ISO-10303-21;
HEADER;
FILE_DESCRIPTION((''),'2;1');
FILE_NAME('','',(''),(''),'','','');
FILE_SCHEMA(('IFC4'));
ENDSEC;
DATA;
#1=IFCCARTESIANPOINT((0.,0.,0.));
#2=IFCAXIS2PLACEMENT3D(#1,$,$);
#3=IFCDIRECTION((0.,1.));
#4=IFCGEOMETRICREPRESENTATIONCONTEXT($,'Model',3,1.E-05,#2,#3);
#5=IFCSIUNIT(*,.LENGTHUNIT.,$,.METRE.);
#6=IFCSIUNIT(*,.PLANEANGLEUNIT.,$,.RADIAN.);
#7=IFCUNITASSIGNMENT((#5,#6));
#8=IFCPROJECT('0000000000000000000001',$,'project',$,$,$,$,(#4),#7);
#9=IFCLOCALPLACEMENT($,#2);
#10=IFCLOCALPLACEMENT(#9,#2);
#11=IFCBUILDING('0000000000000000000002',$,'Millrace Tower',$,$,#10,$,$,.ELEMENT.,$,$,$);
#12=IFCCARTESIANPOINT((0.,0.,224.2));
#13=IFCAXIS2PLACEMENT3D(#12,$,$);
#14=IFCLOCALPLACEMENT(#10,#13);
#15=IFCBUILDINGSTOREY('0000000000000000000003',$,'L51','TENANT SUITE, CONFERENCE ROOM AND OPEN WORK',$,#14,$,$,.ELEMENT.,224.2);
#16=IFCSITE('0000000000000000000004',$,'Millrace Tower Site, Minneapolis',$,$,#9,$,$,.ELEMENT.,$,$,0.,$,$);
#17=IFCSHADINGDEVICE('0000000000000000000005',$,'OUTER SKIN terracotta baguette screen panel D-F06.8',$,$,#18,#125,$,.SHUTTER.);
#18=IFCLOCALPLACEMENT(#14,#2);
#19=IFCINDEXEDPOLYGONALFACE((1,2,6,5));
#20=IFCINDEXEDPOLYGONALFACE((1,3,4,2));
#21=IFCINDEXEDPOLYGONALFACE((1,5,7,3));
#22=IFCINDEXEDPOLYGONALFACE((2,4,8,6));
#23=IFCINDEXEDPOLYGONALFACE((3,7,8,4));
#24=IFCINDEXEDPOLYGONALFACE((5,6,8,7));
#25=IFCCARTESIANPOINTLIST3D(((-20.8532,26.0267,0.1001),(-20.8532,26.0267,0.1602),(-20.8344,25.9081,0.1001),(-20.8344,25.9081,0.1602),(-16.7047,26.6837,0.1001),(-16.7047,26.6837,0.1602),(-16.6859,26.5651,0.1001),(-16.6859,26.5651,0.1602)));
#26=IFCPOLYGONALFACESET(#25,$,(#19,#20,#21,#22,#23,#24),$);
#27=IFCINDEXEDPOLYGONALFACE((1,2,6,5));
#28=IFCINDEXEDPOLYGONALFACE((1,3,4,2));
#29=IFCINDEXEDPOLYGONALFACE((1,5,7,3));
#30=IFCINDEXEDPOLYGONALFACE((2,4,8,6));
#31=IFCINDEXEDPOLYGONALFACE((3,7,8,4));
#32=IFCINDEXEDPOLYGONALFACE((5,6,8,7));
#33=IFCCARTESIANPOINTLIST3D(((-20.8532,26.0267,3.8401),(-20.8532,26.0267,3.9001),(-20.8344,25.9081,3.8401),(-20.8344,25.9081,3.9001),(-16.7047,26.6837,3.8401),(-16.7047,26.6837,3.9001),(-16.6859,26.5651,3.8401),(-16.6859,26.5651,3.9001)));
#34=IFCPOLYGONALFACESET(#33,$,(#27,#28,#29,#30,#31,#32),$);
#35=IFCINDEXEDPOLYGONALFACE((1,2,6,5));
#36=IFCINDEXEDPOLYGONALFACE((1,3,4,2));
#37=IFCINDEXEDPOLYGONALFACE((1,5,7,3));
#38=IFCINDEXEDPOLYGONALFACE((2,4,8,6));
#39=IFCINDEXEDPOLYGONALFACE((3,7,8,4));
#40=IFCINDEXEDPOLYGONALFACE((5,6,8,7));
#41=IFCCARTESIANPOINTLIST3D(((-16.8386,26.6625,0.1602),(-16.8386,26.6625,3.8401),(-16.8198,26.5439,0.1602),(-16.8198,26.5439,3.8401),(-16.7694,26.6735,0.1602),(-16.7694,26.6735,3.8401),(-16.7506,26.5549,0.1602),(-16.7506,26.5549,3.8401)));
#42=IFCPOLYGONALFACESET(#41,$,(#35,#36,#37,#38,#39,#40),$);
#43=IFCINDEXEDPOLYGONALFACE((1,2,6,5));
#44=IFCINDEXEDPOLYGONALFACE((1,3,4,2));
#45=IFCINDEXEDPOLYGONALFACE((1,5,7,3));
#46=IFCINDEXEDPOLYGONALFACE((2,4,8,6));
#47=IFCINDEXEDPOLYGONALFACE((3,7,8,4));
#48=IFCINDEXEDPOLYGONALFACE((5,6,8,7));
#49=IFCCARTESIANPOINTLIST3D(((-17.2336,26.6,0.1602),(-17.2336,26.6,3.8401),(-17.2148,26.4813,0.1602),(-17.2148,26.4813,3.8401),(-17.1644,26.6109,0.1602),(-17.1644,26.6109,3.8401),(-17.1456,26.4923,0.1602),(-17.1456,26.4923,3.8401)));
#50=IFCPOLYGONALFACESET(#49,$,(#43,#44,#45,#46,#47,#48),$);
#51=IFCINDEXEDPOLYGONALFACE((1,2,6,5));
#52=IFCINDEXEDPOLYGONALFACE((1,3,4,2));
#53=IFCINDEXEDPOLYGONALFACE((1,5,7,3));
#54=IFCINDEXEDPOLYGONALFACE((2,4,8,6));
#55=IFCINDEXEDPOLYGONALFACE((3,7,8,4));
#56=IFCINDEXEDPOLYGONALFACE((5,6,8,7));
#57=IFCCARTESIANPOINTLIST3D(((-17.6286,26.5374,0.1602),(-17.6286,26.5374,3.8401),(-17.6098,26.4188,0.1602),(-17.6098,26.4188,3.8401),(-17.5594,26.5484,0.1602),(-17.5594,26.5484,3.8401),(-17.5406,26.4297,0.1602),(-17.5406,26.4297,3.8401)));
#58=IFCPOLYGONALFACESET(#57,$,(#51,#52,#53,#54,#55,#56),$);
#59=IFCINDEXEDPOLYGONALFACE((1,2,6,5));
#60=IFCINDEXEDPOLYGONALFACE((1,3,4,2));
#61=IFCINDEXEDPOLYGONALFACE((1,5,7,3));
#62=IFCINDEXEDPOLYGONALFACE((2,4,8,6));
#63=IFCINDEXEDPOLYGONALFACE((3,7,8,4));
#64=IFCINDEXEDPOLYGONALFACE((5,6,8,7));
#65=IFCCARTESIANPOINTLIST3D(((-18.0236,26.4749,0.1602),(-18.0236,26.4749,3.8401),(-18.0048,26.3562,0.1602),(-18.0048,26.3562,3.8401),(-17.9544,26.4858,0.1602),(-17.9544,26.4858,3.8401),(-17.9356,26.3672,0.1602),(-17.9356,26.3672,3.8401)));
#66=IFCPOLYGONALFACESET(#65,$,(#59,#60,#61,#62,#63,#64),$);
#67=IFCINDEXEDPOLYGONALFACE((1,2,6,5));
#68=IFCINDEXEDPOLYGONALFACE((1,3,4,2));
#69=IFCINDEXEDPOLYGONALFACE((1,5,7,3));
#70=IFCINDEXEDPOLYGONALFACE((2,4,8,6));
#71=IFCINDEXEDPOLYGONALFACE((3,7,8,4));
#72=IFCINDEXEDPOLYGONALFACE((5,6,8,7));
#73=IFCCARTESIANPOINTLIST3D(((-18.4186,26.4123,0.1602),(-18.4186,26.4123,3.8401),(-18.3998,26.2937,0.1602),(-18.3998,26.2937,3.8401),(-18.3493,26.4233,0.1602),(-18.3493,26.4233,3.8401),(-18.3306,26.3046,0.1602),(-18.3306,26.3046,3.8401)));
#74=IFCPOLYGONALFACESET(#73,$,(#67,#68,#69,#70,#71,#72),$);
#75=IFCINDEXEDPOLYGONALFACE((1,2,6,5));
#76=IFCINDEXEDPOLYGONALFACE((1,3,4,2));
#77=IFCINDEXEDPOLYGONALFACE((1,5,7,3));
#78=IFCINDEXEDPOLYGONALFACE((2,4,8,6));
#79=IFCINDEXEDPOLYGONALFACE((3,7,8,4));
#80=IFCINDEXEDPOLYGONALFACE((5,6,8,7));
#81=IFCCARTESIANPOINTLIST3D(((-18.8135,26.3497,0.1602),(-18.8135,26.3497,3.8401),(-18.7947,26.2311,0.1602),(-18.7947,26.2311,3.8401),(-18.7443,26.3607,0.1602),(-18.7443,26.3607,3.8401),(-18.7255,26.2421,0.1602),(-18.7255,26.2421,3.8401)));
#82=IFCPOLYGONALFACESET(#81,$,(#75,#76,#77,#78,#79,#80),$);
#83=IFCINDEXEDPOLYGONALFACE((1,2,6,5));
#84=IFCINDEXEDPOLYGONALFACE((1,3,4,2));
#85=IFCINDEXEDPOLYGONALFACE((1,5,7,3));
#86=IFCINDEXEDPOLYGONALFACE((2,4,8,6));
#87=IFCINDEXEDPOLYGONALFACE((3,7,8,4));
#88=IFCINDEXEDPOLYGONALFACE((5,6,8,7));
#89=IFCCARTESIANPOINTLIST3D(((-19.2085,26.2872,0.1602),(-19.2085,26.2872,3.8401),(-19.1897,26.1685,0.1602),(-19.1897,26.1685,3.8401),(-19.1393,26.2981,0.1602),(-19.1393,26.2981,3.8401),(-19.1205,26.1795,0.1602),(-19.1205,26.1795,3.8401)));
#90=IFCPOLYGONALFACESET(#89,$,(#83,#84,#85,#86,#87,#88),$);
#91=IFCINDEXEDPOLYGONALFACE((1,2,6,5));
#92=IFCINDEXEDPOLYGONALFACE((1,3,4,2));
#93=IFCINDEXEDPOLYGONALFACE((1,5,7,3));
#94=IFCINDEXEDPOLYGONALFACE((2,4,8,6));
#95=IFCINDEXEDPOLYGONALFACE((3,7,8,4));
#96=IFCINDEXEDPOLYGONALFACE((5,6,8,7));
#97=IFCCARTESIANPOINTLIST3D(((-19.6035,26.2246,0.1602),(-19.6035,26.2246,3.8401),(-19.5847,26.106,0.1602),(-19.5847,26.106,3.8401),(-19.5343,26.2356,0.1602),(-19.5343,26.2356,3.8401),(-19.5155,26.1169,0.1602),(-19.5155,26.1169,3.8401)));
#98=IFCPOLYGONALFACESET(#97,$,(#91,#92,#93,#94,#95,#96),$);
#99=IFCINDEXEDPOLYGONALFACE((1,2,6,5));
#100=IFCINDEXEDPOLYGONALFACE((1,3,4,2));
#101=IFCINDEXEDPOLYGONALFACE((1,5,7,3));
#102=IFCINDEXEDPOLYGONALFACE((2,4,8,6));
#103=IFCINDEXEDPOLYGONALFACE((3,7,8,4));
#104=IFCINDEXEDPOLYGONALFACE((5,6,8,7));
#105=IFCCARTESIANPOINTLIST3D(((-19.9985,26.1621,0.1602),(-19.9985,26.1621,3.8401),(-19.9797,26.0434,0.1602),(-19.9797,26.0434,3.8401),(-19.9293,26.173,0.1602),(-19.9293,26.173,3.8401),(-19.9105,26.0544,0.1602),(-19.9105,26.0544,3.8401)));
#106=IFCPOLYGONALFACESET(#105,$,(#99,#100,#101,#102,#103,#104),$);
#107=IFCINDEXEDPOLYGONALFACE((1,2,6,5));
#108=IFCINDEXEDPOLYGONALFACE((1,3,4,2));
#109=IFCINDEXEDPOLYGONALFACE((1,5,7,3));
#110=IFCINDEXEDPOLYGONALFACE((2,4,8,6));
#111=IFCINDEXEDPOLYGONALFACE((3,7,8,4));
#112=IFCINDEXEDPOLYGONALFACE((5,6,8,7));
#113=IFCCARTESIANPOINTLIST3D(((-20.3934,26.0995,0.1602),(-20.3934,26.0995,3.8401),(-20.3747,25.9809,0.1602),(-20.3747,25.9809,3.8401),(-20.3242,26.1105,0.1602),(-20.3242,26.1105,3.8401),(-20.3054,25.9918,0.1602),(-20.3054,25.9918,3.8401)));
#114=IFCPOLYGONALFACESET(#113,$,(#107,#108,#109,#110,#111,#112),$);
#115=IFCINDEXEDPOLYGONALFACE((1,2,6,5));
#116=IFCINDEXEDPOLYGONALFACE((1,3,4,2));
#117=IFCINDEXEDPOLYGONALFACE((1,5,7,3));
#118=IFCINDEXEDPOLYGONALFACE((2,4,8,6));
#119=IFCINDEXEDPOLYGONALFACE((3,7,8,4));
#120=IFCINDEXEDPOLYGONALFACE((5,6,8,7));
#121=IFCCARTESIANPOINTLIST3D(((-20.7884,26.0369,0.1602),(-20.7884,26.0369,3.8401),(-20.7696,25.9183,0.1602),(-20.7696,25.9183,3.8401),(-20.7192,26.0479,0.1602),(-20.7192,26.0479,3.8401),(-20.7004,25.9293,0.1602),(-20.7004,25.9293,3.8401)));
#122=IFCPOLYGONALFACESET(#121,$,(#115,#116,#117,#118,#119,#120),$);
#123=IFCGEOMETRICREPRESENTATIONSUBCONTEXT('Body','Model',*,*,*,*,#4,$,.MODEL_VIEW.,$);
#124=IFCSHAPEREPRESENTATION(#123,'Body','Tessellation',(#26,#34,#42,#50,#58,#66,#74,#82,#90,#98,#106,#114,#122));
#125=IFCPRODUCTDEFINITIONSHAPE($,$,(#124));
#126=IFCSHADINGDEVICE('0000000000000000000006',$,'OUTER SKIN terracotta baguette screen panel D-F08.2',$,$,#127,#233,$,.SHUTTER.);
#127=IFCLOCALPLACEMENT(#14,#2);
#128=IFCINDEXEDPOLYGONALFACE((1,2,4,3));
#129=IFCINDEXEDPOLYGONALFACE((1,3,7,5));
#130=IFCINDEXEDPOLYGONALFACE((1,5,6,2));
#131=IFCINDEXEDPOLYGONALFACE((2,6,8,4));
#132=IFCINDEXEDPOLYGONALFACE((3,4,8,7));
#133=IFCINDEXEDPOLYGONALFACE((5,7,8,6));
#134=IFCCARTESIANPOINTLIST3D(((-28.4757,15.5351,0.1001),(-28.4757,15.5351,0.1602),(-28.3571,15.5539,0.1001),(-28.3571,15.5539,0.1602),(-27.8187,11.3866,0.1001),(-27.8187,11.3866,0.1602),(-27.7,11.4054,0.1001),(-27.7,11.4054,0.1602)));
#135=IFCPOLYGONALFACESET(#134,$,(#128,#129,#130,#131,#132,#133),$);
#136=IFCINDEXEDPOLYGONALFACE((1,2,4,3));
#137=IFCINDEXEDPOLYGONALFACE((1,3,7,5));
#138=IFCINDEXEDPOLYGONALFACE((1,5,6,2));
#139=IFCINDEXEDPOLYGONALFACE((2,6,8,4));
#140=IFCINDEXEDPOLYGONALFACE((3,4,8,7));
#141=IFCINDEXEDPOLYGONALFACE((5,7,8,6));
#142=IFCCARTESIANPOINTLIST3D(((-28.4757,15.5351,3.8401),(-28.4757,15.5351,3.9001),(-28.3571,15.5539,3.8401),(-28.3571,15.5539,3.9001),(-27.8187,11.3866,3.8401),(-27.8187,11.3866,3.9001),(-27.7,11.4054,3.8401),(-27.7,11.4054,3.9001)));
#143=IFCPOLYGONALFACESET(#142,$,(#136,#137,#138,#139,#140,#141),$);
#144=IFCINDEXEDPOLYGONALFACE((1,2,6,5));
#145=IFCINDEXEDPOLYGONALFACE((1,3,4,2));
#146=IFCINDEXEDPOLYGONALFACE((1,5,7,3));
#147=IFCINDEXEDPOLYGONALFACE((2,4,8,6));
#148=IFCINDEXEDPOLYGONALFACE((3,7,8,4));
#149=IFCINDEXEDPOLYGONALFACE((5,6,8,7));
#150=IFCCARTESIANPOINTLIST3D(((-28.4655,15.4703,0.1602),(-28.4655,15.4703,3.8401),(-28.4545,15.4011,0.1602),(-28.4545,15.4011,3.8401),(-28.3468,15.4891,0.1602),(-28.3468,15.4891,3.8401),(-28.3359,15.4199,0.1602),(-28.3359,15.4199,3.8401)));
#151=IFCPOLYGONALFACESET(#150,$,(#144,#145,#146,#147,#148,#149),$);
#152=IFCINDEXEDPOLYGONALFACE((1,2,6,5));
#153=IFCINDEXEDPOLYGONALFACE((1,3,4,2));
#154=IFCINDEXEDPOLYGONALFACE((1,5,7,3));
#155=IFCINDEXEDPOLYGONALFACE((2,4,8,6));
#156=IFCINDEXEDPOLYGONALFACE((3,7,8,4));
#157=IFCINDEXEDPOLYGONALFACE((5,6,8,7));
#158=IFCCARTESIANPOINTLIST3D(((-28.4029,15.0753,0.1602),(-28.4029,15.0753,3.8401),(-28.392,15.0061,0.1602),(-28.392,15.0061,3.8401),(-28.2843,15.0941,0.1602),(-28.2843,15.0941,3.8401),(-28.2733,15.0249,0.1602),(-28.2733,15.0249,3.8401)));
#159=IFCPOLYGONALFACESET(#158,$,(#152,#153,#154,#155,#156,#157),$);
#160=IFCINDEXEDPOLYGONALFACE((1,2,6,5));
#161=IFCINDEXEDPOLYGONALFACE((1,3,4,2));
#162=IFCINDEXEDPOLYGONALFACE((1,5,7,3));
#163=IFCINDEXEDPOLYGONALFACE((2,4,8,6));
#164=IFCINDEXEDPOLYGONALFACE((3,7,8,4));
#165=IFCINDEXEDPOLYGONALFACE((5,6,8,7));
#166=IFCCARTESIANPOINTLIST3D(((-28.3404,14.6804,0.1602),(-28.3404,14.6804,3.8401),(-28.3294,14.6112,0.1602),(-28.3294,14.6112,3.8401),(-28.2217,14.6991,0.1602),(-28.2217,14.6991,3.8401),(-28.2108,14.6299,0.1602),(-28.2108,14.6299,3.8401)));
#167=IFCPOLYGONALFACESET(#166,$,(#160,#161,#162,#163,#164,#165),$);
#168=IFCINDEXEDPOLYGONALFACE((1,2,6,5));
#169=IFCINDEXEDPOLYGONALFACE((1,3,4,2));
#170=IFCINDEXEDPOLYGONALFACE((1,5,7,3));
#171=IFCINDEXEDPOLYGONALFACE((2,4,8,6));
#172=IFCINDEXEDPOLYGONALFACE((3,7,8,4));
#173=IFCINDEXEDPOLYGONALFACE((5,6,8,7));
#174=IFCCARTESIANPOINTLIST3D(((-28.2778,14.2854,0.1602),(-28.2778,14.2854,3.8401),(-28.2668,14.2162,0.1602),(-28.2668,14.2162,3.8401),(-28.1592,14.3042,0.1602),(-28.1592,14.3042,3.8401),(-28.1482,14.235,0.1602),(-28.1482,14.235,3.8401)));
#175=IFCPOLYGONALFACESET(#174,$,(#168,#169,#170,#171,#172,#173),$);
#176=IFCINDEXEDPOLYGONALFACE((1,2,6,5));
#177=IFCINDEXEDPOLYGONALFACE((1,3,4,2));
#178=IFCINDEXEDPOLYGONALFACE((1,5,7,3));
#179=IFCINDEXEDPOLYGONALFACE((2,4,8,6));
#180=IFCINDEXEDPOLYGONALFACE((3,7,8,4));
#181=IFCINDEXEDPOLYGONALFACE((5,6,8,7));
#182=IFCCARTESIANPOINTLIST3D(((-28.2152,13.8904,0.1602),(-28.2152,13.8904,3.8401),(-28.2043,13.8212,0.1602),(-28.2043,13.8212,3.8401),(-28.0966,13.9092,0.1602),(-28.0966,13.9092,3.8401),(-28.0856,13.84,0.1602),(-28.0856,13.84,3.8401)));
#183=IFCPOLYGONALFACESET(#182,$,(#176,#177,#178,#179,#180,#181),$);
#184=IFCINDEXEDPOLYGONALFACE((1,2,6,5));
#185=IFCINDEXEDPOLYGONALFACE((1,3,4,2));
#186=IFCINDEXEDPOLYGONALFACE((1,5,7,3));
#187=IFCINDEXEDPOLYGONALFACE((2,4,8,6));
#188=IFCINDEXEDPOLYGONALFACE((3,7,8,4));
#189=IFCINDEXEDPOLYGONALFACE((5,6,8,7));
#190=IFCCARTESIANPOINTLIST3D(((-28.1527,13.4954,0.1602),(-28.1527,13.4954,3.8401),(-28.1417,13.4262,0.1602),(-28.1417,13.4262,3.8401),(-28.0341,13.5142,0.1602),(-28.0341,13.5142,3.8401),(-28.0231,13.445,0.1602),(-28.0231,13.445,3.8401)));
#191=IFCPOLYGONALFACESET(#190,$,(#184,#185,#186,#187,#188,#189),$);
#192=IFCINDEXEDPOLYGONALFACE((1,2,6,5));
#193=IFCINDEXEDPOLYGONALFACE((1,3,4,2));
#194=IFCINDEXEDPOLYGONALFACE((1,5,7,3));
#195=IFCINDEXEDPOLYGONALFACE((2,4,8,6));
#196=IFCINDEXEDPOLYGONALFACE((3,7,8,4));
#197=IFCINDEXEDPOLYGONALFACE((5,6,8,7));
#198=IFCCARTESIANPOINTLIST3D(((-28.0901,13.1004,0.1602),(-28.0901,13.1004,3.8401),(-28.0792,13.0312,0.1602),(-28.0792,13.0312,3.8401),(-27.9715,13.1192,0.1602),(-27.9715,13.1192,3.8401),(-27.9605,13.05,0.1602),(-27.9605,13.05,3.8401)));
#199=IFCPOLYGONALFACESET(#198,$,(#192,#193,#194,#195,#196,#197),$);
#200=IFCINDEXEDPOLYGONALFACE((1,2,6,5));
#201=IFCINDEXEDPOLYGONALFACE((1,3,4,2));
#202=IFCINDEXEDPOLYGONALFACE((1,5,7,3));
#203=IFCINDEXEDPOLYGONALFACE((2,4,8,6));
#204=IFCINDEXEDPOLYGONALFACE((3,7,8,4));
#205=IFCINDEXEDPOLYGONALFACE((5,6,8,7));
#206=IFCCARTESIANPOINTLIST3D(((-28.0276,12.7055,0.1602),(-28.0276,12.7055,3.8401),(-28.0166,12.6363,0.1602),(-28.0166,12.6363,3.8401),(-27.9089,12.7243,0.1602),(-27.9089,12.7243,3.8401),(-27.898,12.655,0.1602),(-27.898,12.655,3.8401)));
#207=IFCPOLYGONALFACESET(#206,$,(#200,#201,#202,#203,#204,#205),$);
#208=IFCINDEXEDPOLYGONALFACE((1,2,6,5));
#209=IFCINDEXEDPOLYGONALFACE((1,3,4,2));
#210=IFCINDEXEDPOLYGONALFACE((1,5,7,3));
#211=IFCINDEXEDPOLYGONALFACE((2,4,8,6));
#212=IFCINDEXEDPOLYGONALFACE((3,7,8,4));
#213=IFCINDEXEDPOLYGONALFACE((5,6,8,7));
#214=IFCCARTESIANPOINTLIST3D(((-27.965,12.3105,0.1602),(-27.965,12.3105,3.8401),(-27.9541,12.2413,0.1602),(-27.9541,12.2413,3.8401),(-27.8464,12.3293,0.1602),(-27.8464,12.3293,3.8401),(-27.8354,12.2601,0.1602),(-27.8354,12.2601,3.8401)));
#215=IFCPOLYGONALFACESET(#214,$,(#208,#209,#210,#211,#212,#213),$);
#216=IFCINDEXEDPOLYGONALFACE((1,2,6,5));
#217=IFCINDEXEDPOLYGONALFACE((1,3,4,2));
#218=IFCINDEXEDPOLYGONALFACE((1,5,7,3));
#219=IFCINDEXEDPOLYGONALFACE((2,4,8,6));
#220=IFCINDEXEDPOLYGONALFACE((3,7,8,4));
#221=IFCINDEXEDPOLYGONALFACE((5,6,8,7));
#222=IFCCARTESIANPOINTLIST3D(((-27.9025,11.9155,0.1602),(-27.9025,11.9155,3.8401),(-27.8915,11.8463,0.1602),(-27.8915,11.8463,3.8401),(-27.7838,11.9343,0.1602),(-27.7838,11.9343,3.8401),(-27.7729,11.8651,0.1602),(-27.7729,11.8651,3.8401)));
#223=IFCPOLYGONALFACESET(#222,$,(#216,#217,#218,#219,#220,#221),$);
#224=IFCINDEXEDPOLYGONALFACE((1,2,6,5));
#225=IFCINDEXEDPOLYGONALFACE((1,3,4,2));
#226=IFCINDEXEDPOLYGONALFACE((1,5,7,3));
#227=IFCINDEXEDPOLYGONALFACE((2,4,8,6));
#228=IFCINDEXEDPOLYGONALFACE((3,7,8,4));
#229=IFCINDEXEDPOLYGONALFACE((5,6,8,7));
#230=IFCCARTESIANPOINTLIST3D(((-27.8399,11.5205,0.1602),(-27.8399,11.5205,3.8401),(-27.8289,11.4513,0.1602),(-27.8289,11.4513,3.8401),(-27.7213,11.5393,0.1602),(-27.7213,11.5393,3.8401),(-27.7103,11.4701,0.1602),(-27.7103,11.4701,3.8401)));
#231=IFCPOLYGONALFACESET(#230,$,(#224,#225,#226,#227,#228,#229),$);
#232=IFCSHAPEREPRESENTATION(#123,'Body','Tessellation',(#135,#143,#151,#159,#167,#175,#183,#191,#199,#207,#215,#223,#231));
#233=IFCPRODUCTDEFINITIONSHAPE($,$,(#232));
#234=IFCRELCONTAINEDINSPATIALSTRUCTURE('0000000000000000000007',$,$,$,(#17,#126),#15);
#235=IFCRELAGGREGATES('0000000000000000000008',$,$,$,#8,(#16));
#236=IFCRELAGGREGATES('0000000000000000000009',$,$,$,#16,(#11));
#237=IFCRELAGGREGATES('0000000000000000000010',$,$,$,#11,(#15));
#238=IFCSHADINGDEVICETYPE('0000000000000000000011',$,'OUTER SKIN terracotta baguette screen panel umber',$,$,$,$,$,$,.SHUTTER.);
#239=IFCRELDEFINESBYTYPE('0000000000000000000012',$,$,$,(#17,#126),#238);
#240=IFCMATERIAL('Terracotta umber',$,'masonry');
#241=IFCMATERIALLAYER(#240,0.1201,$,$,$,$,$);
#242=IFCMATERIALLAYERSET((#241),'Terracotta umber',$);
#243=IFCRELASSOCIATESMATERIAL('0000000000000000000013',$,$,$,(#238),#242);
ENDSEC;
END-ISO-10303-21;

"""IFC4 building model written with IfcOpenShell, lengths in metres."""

from ifc_helpers import new_model, entity, si_unit, direction, frame, frame_2d, origin, origin_2d, place, context, subcontext, project, spatial, rectangle, extrude, source, transform, mapped, material, layer, layer_set, type_object, element, save


model = new_model("IFC4")

# Units and contexts
model_context = context("Model", 3, precision=1e-05, world=origin(), true_north=direction((0.0, 1.0)))
body_context = subcontext(model_context, "Body", "Model", "MODEL_VIEW")
ifc_project = project(units=[si_unit("LENGTHUNIT", "METRE"), si_unit("PLANEANGLEUNIT", "RADIAN")], contexts=[model_context])

# Site, building, storey
site_placement = place(None, origin())
site = spatial("IfcSite", under=ifc_project, at=site_placement, Name="Millrace Tower Site, Minneapolis", CompositionType="ELEMENT", RefElevation=0.0)
building_placement = place(site_placement, origin())
building = spatial("IfcBuilding", under=site, at=building_placement, Name="Millrace Tower", CompositionType="ELEMENT")
storey_placement = place(building_placement, frame((0.0, 0.0, 224.2)))
storey = spatial("IfcBuildingStorey", under=building, at=storey_placement, Name="L51", Description="TENANT SUITE, CONFERENCE ROOM AND OPEN WORK", CompositionType="ELEMENT", Elevation=224.2)

# Shading devices
ifc_material_1 = material(Name="Terracotta umber", Category="masonry")
ifc_layer_1 = layer(ifc_material_1, 0.1201)
ifc_layer_set_1 = layer_set([ifc_layer_1], Name="Terracotta umber")
shading_device_type = type_object("IfcShadingDeviceType", Name="OUTER SKIN terracotta baguette screen panel umber", PredefinedType="SHUTTER", material=ifc_layer_set_1)
cartesian_point_1 = entity("IfcCartesianPoint", [-2.1001, 0.0601])
shared_polyline_1 = entity("IfcPolyline", [cartesian_point_1, entity("IfcCartesianPoint", [2.1001, 0.0601]), entity("IfcCartesianPoint", [2.1001, -0.0601]), entity("IfcCartesianPoint", [-2.1001, -0.0601]), cartesian_point_1])
shared_shape_1 = source(origin(), body_context, "Body", "SweptSolid", [
    entity("IfcExtrudedAreaSolid", entity("IfcArbitraryClosedProfileDef", "AREA", None, shared_polyline_1), entity("IfcAxis2Placement3D", entity("IfcCartesianPoint", [0.0, 0.0, 0.0])), entity("IfcDirection", [0.0, 0.0, 1.0]), 0.0601),
    entity("IfcExtrudedAreaSolid", entity("IfcArbitraryClosedProfileDef", "AREA", None, shared_polyline_1), entity("IfcAxis2Placement3D", entity("IfcCartesianPoint", [0.0, 0.0, 3.74])), entity("IfcDirection", [0.0, 0.0, 1.0]), 0.0601),
    extrude(rectangle(XDim=0.0701, YDim=0.1201, at=frame_2d((-1.9995, 0.0))), frame((0.0, 0.0, 0.0601)), (0.0, 0.0, 1.0), 3.6799),
    extrude(rectangle(XDim=0.0701, YDim=0.1201, at=frame_2d((-1.5996, 0.0))), frame((0.0, 0.0, 0.0601)), (0.0, 0.0, 1.0), 3.6799),
    extrude(rectangle(XDim=0.0701, YDim=0.1201, at=frame_2d((-1.1997, 0.0))), frame((0.0, 0.0, 0.0601)), (0.0, 0.0, 1.0), 3.6799),
    extrude(rectangle(XDim=0.0701, YDim=0.1201, at=frame_2d((-0.7998, 0.0))), frame((0.0, 0.0, 0.0601)), (0.0, 0.0, 1.0), 3.6799),
    extrude(rectangle(XDim=0.0701, YDim=0.1201, at=frame_2d((-0.3999, 0.0))), frame((0.0, 0.0, 0.0601)), (0.0, 0.0, 1.0), 3.6799),
    extrude(rectangle(XDim=0.0701, YDim=0.1201, at=origin_2d()), frame((0.0, 0.0, 0.0601)), (0.0, 0.0, 1.0), 3.6799),
    extrude(rectangle(XDim=0.0701, YDim=0.1201, at=frame_2d((0.3999, 0.0))), frame((0.0, 0.0, 0.0601)), (0.0, 0.0, 1.0), 3.6799),
    extrude(rectangle(XDim=0.0701, YDim=0.1201, at=frame_2d((0.7998, 0.0))), frame((0.0, 0.0, 0.0601)), (0.0, 0.0, 1.0), 3.6799),
    extrude(rectangle(XDim=0.0701, YDim=0.1201, at=frame_2d((1.1997, 0.0))), frame((0.0, 0.0, 0.0601)), (0.0, 0.0, 1.0), 3.6799),
    extrude(rectangle(XDim=0.0701, YDim=0.1201, at=frame_2d((1.5996, 0.0))), frame((0.0, 0.0, 0.0601)), (0.0, 0.0, 1.0), 3.6799),
    extrude(rectangle(XDim=0.0701, YDim=0.1201, at=frame_2d((1.9995, 0.0))), frame((0.0, 0.0, 0.0601)), (0.0, 0.0, 1.0), 3.6799),
])
for number, where, z_axis, x_axis, name in (
    (1, (-18.7695, 26.2959, 0.1001), (0.0, 0.0, 1.0), (-0.987688, -0.156434, 0.0), "OUTER SKIN terracotta baguette screen panel D-F06.8"),
    (2, (-28.0879, 13.4702, 0.1001), (0.0, 0.0, 1.0), (0.156434, -0.987688, 0.0), "OUTER SKIN terracotta baguette screen panel D-F08.2"),
):
    element("IfcShadingDevice", number, at=place(storey_placement, frame(where, z_axis=z_axis, x_axis=x_axis)), inside=storey, type_object=shading_device_type, Name=name, PredefinedType="SHUTTER", context=body_context, shape_type="MappedRepresentation", body=[
        mapped(shared_shape_1, transform((0.0, 0.0, 0.0), scale=1.0)),
    ])

save(model, "model.ifc")
